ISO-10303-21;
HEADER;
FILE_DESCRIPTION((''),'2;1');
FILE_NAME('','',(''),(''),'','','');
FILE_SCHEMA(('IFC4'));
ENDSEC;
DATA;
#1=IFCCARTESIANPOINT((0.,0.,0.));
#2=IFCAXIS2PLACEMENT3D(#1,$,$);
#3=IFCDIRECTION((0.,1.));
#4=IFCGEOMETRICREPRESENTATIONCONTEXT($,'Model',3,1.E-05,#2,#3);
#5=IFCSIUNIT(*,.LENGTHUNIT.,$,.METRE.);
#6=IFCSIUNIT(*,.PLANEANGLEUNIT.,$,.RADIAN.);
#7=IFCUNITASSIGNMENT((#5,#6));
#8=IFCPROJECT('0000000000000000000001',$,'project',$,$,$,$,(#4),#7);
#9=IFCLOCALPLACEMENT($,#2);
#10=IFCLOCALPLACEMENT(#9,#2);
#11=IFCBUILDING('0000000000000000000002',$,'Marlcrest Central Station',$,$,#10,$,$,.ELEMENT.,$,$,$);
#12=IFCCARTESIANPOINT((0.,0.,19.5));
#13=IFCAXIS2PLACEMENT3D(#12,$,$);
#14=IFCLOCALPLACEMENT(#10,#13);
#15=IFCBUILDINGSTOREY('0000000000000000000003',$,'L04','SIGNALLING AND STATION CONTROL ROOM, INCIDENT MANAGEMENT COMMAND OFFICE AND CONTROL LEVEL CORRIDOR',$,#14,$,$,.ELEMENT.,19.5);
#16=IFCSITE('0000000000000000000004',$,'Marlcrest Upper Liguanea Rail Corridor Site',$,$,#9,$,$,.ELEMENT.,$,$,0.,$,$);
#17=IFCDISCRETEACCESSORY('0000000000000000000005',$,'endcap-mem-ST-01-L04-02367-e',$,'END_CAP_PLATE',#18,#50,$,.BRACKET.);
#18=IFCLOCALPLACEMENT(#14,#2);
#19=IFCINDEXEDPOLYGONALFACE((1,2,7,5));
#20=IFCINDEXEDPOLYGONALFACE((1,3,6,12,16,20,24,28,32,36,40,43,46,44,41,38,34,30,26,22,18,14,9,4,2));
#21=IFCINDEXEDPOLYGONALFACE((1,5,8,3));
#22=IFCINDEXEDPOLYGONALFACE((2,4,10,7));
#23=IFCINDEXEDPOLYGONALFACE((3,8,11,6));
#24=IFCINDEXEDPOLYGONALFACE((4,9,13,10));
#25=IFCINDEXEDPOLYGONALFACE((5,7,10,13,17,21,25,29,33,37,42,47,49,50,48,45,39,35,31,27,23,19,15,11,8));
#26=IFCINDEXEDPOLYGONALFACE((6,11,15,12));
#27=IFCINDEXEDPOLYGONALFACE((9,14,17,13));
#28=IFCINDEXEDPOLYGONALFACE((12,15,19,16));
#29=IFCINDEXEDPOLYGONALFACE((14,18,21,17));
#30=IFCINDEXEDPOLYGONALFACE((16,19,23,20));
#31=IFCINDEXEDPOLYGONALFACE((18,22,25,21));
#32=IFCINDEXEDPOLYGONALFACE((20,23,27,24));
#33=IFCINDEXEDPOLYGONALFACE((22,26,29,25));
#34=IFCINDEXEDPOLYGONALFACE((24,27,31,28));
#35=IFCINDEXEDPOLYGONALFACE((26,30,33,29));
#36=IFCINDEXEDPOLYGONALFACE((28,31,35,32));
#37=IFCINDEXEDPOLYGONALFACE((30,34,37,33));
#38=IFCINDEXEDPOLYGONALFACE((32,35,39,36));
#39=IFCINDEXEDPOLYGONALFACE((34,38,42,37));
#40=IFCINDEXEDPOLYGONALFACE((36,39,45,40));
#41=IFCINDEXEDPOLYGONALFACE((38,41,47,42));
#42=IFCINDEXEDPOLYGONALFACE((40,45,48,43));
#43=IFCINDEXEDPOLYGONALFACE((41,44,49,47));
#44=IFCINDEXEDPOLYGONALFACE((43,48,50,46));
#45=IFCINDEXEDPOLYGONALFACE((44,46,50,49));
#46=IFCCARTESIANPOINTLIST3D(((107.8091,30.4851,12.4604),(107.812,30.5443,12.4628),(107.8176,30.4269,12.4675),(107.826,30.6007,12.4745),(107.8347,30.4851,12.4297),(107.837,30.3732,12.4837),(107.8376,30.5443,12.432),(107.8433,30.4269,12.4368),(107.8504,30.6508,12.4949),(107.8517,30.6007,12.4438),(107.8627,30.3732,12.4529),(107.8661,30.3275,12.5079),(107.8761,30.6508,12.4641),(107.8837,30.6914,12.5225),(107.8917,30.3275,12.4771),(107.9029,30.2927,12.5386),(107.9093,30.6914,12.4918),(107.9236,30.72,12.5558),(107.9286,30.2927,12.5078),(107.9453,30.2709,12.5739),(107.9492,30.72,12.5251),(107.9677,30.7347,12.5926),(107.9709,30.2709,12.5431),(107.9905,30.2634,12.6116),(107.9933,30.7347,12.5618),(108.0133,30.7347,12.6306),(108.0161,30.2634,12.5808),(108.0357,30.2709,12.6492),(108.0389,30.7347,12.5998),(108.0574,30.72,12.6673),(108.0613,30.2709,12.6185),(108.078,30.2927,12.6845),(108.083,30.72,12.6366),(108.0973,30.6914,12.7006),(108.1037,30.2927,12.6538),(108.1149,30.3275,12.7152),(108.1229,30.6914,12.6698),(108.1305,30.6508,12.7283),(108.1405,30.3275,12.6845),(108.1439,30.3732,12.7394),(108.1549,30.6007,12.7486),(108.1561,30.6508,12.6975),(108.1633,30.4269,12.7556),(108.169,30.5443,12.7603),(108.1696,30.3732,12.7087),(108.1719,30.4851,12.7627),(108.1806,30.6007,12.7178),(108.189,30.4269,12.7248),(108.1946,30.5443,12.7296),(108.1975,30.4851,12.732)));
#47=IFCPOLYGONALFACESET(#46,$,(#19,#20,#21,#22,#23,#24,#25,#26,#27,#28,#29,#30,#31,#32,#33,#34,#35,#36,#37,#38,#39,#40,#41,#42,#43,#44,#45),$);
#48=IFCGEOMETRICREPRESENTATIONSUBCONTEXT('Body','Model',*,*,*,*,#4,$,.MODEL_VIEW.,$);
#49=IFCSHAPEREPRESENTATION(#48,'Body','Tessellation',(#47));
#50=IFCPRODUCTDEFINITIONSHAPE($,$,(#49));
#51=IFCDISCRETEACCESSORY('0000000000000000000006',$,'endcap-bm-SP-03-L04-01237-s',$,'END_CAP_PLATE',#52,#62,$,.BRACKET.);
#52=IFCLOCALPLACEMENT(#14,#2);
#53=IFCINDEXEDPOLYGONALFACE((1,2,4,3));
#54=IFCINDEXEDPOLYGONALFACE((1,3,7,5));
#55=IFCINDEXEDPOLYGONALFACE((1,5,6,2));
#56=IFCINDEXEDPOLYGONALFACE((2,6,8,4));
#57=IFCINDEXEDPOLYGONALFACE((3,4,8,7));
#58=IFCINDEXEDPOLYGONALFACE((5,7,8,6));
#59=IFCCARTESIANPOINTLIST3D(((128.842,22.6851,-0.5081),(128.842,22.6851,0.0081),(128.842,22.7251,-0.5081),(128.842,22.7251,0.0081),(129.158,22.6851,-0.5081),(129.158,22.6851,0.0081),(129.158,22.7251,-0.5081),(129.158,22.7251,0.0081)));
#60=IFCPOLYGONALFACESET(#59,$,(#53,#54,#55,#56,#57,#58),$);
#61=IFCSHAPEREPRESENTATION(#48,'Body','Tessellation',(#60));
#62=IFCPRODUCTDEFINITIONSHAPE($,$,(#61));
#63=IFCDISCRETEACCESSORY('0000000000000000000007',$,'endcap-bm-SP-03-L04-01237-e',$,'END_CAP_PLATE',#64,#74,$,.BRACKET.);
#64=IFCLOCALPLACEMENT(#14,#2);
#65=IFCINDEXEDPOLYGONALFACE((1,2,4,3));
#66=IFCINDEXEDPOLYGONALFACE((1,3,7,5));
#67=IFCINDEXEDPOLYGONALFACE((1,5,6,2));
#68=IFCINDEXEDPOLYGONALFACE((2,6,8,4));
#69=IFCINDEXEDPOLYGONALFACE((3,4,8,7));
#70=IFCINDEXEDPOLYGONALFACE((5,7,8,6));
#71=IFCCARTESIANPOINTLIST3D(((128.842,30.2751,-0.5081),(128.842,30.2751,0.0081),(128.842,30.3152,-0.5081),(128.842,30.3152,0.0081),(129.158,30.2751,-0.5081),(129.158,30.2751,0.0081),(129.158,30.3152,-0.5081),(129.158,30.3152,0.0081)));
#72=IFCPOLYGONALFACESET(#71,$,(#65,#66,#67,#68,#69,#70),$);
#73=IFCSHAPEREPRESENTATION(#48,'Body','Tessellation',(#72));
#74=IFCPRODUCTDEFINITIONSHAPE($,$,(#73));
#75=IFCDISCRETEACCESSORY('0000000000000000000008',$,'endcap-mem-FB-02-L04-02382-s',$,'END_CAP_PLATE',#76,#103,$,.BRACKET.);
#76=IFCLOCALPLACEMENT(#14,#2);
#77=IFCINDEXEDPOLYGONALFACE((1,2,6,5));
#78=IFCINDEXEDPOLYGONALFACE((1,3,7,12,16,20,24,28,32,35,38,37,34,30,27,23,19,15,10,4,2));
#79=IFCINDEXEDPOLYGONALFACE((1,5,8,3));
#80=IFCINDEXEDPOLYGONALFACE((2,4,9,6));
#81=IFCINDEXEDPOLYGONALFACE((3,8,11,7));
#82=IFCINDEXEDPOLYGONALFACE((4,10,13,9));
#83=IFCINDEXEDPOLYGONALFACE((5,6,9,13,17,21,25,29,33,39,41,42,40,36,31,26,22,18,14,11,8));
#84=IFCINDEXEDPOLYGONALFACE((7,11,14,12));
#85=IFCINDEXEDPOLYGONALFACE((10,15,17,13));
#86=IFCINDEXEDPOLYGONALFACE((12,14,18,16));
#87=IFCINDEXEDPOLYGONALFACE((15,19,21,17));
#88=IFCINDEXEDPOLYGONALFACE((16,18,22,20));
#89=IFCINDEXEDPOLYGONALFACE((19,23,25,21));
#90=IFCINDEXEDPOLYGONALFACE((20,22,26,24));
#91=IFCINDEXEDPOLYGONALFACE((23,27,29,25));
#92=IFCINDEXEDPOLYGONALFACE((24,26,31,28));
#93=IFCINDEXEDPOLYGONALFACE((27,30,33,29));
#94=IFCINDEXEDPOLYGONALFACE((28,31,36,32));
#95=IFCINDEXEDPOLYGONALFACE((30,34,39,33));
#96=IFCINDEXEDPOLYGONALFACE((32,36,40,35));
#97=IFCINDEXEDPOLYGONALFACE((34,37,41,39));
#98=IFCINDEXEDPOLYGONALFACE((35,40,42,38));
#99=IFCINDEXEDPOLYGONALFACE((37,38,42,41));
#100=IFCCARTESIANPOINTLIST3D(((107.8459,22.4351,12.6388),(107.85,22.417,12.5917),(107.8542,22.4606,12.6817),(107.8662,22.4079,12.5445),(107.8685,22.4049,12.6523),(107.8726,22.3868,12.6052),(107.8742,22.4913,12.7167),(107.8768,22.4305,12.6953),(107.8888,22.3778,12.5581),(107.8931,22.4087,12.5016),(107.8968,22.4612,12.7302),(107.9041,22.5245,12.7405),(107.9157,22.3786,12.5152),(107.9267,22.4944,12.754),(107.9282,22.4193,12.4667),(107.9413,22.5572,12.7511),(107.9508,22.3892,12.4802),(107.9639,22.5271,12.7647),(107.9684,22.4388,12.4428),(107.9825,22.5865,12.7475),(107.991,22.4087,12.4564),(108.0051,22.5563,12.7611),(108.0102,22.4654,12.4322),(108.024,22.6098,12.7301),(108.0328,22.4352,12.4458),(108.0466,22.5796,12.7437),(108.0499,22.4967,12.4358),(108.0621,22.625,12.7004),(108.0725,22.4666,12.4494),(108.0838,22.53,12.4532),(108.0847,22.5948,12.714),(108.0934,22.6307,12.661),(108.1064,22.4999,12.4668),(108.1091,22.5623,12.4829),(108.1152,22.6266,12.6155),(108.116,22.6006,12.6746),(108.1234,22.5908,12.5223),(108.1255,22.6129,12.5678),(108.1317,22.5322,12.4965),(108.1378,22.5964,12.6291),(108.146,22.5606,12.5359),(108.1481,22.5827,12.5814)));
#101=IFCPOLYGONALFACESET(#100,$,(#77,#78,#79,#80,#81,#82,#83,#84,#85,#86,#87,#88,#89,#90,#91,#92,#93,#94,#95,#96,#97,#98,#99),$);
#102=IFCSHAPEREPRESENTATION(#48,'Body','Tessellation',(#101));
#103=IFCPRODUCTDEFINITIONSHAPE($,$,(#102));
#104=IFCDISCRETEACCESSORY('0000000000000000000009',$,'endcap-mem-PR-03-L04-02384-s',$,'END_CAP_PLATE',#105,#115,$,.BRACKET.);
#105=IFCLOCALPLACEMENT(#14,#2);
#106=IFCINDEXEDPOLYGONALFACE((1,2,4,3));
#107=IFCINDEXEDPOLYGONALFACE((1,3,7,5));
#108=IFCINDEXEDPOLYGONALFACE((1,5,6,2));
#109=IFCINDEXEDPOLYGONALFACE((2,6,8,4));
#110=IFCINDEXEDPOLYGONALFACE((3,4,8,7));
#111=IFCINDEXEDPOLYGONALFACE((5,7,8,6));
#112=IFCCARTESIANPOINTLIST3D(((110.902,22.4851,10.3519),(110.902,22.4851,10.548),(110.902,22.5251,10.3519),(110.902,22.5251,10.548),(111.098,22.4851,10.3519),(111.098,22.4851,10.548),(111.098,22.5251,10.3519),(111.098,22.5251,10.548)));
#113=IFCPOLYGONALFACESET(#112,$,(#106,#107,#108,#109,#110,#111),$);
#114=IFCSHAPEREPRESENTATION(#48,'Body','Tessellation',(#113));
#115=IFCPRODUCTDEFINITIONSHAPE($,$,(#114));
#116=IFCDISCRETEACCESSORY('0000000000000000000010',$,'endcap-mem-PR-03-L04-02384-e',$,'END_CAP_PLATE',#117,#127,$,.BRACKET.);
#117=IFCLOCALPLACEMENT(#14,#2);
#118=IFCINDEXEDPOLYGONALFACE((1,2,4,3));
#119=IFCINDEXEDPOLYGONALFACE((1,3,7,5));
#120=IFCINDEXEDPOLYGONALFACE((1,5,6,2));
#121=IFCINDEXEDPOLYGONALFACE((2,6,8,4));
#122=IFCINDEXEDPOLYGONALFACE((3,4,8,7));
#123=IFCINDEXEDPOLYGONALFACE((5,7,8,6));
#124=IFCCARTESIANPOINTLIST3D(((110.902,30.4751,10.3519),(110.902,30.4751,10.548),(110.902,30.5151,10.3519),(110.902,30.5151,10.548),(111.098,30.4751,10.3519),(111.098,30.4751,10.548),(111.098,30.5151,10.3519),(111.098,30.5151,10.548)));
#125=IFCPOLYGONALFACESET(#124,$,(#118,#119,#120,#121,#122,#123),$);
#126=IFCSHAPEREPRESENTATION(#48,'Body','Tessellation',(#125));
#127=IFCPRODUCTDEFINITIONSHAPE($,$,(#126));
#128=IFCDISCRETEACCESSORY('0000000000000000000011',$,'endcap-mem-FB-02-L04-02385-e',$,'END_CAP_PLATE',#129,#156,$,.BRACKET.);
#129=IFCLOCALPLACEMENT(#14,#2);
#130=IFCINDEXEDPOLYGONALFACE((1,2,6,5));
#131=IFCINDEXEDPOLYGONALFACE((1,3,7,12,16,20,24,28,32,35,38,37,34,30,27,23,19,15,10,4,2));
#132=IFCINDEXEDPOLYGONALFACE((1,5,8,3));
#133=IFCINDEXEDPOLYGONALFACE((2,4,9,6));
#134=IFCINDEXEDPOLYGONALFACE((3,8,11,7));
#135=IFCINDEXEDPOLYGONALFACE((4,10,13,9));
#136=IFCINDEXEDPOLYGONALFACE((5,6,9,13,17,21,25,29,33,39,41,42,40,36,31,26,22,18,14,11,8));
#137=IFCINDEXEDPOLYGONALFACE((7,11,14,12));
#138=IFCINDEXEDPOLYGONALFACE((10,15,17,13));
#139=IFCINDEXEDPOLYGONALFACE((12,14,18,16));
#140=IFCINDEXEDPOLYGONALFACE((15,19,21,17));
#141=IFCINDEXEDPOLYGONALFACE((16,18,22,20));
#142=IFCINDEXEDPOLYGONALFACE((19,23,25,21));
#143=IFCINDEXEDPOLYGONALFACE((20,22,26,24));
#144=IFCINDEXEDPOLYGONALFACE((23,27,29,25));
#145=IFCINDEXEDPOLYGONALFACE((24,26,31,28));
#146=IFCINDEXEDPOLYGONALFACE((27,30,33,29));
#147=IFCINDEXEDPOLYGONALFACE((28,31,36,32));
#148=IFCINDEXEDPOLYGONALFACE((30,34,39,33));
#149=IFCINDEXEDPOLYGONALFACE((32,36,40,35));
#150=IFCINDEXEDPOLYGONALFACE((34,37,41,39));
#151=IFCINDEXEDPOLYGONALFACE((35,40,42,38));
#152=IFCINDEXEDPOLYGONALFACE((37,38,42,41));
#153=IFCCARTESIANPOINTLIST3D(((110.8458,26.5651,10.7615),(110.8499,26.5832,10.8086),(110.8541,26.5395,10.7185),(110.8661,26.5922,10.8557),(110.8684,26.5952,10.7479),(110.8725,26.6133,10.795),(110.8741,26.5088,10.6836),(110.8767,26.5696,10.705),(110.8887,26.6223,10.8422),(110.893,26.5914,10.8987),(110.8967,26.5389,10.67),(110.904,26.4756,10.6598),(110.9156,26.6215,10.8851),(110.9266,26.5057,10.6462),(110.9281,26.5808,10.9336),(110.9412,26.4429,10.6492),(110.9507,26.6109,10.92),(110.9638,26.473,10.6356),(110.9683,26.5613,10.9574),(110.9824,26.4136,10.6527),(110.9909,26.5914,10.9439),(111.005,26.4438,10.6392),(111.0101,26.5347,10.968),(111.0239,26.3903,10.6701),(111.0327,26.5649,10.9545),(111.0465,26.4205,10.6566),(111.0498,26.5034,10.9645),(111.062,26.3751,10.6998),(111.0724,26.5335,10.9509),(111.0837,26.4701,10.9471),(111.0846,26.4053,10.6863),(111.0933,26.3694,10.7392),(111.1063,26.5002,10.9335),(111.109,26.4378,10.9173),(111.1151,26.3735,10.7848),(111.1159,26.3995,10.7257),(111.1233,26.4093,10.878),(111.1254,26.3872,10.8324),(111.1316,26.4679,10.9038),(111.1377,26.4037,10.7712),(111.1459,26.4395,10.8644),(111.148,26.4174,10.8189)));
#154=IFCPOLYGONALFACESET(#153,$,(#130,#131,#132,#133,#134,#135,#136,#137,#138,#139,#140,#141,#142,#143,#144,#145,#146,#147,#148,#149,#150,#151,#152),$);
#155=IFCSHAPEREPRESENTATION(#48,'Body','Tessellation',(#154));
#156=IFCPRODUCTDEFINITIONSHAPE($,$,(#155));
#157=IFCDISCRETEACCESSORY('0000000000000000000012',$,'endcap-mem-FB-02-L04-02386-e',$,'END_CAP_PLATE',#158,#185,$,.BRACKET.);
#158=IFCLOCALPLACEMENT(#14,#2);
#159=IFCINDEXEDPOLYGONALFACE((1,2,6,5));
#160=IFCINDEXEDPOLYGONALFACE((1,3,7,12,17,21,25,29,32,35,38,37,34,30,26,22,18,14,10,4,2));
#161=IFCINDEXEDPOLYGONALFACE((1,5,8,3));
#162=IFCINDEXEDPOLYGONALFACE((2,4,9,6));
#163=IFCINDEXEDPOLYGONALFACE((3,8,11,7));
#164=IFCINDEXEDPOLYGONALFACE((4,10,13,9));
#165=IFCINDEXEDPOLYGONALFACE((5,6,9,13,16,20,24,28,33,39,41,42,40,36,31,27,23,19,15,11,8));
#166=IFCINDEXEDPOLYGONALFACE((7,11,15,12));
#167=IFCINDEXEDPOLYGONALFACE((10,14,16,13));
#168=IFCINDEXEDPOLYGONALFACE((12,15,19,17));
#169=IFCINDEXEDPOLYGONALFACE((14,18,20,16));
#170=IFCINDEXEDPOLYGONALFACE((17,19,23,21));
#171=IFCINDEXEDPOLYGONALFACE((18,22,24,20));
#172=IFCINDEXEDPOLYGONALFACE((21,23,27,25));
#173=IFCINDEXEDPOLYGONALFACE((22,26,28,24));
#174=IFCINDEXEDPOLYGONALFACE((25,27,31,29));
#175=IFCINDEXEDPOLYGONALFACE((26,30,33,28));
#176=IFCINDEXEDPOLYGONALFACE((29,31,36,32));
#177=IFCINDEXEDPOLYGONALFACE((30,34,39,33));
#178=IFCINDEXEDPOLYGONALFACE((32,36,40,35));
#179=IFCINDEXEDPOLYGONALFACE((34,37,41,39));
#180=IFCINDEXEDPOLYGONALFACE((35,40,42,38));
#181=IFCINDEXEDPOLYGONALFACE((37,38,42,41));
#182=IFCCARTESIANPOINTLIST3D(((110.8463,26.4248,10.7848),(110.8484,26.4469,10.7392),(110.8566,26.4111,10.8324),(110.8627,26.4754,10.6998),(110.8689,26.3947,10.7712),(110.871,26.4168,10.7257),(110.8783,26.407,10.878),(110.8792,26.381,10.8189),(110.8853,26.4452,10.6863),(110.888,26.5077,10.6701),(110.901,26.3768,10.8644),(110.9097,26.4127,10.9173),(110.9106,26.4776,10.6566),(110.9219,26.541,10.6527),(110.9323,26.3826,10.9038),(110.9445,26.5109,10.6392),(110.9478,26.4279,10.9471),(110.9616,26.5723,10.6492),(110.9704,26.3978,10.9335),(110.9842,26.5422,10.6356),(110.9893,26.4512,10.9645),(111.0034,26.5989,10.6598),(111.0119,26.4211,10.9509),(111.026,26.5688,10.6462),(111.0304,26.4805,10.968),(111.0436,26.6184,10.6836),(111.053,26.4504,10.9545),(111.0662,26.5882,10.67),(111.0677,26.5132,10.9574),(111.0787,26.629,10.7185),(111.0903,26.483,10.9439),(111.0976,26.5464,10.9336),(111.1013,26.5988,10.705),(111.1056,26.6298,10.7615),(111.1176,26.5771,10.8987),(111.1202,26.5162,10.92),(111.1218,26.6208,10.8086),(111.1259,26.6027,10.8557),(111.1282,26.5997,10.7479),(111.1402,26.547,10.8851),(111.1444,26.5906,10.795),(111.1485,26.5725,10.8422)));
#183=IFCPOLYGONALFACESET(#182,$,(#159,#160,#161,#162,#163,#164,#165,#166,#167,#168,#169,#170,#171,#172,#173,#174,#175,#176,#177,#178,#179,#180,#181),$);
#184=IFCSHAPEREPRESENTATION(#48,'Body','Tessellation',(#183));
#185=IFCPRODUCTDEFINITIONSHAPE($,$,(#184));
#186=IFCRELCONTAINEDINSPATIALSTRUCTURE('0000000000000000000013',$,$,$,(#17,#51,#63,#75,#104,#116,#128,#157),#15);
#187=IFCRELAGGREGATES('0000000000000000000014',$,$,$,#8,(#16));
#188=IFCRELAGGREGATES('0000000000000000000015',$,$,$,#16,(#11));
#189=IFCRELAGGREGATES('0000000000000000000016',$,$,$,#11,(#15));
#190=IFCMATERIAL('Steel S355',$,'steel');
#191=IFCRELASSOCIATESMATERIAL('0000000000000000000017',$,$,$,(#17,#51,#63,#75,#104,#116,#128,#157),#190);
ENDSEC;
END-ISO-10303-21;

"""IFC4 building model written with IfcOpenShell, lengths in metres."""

from ifc_helpers import new_model, si_unit, direction, frame, origin, origin_2d, place, context, subcontext, project, spatial, rectangle, circle, extrude, material, element, save


model = new_model("IFC4")

# Units and contexts
model_context = context("Model", 3, precision=1e-05, world=origin(), true_north=direction((0.0, 1.0)))
body_context = subcontext(model_context, "Body", "Model", "MODEL_VIEW")
ifc_project = project(units=[si_unit("LENGTHUNIT", "METRE"), si_unit("PLANEANGLEUNIT", "RADIAN")], contexts=[model_context])

# Site, building, storey
site_placement = place(None, origin())
site = spatial("IfcSite", under=ifc_project, at=site_placement, Name="Marlcrest Upper Liguanea Rail Corridor Site", CompositionType="ELEMENT", RefElevation=0.0)
building_placement = place(site_placement, origin())
building = spatial("IfcBuilding", under=site, at=building_placement, Name="Marlcrest Central Station", CompositionType="ELEMENT")
storey_placement = place(building_placement, frame((0.0, 0.0, 19.5)))
storey = spatial("IfcBuildingStorey", under=building, at=storey_placement, Name="L04", Description="SIGNALLING AND STATION CONTROL ROOM, INCIDENT MANAGEMENT COMMAND OFFICE AND CONTROL LEVEL CORRIDOR", CompositionType="ELEMENT", Elevation=19.5)

# Shared definitions
ifc_material_1 = material(Name="Steel S355", Category="steel")

# Discrete accessories
for number, where, z_axis, x_axis, name in (
    (1, (108.0161, 30.5, 12.5808), (-0.640181, 0.0, 0.768224), (0.0, -1.0, 0.0), "endcap-mem-ST-01-L04-02367-e"),
):
    element("IfcDiscreteAccessory", number, at=place(storey_placement, frame(where, z_axis=z_axis, x_axis=x_axis)), inside=storey, material=ifc_material_1, Name=name, ObjectType="END_CAP_PLATE", PredefinedType="BRACKET", context=body_context, shape_type="SweptSolid", body=[
        extrude(circle(Radius=0.2366, at=origin_2d()), origin(), (0.0, 0.0, 1.0), 0.04),
    ])
for number, where, z_axis, x_axis, name in (
    (2, (129.0, 22.6851, -0.25), (0.0, 1.0, 0.0), (-1.0, 0.0, 0.0), "endcap-bm-SP-03-L04-01237-s"),
    (3, (129.0, 30.2751, -0.25), (0.0, 1.0, 0.0), (-1.0, 0.0, 0.0), "endcap-bm-SP-03-L04-01237-e"),
):
    element("IfcDiscreteAccessory", number, at=place(storey_placement, frame(where, z_axis=z_axis, x_axis=x_axis)), inside=storey, material=ifc_material_1, Name=name, ObjectType="END_CAP_PLATE", PredefinedType="BRACKET", context=body_context, shape_type="SweptSolid", body=[
        extrude(rectangle(XDim=0.3159, YDim=0.5161, at=origin_2d()), origin(), (0.0, 0.0, 1.0), 0.04),
    ])
discrete_accessory_1_placement = place(storey_placement, frame((108.0085, 22.4888, 12.6052), z_axis=(-0.564531, 0.752708, -0.338728), x_axis=(-0.8, -0.6, 0.0)))
element("IfcDiscreteAccessory", 4, at=discrete_accessory_1_placement, inside=storey, material=ifc_material_1, Name="endcap-mem-FB-02-L04-02382-s", ObjectType="END_CAP_PLATE", PredefinedType="BRACKET", context=body_context, shape_type="SweptSolid", body=[
    extrude(circle(Radius=0.1699, at=origin_2d()), origin(), (0.0, 0.0, 1.0), 0.04),
])
for number, where, z_axis, x_axis, name in (
    (5, (111.0, 22.4851, 10.45), (0.0, 1.0, 0.0), (-1.0, 0.0, 0.0), "endcap-mem-PR-03-L04-02384-s"),
    (6, (111.0, 30.4751, 10.45), (0.0, 1.0, 0.0), (-1.0, 0.0, 0.0), "endcap-mem-PR-03-L04-02384-e"),
):
    element("IfcDiscreteAccessory", number, at=place(storey_placement, frame(where, z_axis=z_axis, x_axis=x_axis)), inside=storey, material=ifc_material_1, Name=name, ObjectType="END_CAP_PLATE", PredefinedType="BRACKET", context=body_context, shape_type="SweptSolid", body=[
        extrude(rectangle(XDim=0.196, YDim=0.196, at=origin_2d()), origin(), (0.0, 0.0, 1.0), 0.04),
    ])
for number, where, z_axis, x_axis, name in (
    (7, (110.9858, 26.4812, 10.8086), (0.564531, 0.752708, -0.338728), (-0.8, 0.6, 0.0), "endcap-mem-FB-02-L04-02385-e"),
    (8, (110.9858, 26.5188, 10.8086), (0.564531, -0.752708, -0.338728), (0.8, 0.6, 0.0), "endcap-mem-FB-02-L04-02386-e"),
):
    element("IfcDiscreteAccessory", number, at=place(storey_placement, frame(where, z_axis=z_axis, x_axis=x_axis)), inside=storey, material=ifc_material_1, Name=name, ObjectType="END_CAP_PLATE", PredefinedType="BRACKET", context=body_context, shape_type="SweptSolid", body=[
        extrude(circle(Radius=0.1699, at=origin_2d()), origin(), (0.0, 0.0, 1.0), 0.04),
    ])

save(model, "model.ifc")
